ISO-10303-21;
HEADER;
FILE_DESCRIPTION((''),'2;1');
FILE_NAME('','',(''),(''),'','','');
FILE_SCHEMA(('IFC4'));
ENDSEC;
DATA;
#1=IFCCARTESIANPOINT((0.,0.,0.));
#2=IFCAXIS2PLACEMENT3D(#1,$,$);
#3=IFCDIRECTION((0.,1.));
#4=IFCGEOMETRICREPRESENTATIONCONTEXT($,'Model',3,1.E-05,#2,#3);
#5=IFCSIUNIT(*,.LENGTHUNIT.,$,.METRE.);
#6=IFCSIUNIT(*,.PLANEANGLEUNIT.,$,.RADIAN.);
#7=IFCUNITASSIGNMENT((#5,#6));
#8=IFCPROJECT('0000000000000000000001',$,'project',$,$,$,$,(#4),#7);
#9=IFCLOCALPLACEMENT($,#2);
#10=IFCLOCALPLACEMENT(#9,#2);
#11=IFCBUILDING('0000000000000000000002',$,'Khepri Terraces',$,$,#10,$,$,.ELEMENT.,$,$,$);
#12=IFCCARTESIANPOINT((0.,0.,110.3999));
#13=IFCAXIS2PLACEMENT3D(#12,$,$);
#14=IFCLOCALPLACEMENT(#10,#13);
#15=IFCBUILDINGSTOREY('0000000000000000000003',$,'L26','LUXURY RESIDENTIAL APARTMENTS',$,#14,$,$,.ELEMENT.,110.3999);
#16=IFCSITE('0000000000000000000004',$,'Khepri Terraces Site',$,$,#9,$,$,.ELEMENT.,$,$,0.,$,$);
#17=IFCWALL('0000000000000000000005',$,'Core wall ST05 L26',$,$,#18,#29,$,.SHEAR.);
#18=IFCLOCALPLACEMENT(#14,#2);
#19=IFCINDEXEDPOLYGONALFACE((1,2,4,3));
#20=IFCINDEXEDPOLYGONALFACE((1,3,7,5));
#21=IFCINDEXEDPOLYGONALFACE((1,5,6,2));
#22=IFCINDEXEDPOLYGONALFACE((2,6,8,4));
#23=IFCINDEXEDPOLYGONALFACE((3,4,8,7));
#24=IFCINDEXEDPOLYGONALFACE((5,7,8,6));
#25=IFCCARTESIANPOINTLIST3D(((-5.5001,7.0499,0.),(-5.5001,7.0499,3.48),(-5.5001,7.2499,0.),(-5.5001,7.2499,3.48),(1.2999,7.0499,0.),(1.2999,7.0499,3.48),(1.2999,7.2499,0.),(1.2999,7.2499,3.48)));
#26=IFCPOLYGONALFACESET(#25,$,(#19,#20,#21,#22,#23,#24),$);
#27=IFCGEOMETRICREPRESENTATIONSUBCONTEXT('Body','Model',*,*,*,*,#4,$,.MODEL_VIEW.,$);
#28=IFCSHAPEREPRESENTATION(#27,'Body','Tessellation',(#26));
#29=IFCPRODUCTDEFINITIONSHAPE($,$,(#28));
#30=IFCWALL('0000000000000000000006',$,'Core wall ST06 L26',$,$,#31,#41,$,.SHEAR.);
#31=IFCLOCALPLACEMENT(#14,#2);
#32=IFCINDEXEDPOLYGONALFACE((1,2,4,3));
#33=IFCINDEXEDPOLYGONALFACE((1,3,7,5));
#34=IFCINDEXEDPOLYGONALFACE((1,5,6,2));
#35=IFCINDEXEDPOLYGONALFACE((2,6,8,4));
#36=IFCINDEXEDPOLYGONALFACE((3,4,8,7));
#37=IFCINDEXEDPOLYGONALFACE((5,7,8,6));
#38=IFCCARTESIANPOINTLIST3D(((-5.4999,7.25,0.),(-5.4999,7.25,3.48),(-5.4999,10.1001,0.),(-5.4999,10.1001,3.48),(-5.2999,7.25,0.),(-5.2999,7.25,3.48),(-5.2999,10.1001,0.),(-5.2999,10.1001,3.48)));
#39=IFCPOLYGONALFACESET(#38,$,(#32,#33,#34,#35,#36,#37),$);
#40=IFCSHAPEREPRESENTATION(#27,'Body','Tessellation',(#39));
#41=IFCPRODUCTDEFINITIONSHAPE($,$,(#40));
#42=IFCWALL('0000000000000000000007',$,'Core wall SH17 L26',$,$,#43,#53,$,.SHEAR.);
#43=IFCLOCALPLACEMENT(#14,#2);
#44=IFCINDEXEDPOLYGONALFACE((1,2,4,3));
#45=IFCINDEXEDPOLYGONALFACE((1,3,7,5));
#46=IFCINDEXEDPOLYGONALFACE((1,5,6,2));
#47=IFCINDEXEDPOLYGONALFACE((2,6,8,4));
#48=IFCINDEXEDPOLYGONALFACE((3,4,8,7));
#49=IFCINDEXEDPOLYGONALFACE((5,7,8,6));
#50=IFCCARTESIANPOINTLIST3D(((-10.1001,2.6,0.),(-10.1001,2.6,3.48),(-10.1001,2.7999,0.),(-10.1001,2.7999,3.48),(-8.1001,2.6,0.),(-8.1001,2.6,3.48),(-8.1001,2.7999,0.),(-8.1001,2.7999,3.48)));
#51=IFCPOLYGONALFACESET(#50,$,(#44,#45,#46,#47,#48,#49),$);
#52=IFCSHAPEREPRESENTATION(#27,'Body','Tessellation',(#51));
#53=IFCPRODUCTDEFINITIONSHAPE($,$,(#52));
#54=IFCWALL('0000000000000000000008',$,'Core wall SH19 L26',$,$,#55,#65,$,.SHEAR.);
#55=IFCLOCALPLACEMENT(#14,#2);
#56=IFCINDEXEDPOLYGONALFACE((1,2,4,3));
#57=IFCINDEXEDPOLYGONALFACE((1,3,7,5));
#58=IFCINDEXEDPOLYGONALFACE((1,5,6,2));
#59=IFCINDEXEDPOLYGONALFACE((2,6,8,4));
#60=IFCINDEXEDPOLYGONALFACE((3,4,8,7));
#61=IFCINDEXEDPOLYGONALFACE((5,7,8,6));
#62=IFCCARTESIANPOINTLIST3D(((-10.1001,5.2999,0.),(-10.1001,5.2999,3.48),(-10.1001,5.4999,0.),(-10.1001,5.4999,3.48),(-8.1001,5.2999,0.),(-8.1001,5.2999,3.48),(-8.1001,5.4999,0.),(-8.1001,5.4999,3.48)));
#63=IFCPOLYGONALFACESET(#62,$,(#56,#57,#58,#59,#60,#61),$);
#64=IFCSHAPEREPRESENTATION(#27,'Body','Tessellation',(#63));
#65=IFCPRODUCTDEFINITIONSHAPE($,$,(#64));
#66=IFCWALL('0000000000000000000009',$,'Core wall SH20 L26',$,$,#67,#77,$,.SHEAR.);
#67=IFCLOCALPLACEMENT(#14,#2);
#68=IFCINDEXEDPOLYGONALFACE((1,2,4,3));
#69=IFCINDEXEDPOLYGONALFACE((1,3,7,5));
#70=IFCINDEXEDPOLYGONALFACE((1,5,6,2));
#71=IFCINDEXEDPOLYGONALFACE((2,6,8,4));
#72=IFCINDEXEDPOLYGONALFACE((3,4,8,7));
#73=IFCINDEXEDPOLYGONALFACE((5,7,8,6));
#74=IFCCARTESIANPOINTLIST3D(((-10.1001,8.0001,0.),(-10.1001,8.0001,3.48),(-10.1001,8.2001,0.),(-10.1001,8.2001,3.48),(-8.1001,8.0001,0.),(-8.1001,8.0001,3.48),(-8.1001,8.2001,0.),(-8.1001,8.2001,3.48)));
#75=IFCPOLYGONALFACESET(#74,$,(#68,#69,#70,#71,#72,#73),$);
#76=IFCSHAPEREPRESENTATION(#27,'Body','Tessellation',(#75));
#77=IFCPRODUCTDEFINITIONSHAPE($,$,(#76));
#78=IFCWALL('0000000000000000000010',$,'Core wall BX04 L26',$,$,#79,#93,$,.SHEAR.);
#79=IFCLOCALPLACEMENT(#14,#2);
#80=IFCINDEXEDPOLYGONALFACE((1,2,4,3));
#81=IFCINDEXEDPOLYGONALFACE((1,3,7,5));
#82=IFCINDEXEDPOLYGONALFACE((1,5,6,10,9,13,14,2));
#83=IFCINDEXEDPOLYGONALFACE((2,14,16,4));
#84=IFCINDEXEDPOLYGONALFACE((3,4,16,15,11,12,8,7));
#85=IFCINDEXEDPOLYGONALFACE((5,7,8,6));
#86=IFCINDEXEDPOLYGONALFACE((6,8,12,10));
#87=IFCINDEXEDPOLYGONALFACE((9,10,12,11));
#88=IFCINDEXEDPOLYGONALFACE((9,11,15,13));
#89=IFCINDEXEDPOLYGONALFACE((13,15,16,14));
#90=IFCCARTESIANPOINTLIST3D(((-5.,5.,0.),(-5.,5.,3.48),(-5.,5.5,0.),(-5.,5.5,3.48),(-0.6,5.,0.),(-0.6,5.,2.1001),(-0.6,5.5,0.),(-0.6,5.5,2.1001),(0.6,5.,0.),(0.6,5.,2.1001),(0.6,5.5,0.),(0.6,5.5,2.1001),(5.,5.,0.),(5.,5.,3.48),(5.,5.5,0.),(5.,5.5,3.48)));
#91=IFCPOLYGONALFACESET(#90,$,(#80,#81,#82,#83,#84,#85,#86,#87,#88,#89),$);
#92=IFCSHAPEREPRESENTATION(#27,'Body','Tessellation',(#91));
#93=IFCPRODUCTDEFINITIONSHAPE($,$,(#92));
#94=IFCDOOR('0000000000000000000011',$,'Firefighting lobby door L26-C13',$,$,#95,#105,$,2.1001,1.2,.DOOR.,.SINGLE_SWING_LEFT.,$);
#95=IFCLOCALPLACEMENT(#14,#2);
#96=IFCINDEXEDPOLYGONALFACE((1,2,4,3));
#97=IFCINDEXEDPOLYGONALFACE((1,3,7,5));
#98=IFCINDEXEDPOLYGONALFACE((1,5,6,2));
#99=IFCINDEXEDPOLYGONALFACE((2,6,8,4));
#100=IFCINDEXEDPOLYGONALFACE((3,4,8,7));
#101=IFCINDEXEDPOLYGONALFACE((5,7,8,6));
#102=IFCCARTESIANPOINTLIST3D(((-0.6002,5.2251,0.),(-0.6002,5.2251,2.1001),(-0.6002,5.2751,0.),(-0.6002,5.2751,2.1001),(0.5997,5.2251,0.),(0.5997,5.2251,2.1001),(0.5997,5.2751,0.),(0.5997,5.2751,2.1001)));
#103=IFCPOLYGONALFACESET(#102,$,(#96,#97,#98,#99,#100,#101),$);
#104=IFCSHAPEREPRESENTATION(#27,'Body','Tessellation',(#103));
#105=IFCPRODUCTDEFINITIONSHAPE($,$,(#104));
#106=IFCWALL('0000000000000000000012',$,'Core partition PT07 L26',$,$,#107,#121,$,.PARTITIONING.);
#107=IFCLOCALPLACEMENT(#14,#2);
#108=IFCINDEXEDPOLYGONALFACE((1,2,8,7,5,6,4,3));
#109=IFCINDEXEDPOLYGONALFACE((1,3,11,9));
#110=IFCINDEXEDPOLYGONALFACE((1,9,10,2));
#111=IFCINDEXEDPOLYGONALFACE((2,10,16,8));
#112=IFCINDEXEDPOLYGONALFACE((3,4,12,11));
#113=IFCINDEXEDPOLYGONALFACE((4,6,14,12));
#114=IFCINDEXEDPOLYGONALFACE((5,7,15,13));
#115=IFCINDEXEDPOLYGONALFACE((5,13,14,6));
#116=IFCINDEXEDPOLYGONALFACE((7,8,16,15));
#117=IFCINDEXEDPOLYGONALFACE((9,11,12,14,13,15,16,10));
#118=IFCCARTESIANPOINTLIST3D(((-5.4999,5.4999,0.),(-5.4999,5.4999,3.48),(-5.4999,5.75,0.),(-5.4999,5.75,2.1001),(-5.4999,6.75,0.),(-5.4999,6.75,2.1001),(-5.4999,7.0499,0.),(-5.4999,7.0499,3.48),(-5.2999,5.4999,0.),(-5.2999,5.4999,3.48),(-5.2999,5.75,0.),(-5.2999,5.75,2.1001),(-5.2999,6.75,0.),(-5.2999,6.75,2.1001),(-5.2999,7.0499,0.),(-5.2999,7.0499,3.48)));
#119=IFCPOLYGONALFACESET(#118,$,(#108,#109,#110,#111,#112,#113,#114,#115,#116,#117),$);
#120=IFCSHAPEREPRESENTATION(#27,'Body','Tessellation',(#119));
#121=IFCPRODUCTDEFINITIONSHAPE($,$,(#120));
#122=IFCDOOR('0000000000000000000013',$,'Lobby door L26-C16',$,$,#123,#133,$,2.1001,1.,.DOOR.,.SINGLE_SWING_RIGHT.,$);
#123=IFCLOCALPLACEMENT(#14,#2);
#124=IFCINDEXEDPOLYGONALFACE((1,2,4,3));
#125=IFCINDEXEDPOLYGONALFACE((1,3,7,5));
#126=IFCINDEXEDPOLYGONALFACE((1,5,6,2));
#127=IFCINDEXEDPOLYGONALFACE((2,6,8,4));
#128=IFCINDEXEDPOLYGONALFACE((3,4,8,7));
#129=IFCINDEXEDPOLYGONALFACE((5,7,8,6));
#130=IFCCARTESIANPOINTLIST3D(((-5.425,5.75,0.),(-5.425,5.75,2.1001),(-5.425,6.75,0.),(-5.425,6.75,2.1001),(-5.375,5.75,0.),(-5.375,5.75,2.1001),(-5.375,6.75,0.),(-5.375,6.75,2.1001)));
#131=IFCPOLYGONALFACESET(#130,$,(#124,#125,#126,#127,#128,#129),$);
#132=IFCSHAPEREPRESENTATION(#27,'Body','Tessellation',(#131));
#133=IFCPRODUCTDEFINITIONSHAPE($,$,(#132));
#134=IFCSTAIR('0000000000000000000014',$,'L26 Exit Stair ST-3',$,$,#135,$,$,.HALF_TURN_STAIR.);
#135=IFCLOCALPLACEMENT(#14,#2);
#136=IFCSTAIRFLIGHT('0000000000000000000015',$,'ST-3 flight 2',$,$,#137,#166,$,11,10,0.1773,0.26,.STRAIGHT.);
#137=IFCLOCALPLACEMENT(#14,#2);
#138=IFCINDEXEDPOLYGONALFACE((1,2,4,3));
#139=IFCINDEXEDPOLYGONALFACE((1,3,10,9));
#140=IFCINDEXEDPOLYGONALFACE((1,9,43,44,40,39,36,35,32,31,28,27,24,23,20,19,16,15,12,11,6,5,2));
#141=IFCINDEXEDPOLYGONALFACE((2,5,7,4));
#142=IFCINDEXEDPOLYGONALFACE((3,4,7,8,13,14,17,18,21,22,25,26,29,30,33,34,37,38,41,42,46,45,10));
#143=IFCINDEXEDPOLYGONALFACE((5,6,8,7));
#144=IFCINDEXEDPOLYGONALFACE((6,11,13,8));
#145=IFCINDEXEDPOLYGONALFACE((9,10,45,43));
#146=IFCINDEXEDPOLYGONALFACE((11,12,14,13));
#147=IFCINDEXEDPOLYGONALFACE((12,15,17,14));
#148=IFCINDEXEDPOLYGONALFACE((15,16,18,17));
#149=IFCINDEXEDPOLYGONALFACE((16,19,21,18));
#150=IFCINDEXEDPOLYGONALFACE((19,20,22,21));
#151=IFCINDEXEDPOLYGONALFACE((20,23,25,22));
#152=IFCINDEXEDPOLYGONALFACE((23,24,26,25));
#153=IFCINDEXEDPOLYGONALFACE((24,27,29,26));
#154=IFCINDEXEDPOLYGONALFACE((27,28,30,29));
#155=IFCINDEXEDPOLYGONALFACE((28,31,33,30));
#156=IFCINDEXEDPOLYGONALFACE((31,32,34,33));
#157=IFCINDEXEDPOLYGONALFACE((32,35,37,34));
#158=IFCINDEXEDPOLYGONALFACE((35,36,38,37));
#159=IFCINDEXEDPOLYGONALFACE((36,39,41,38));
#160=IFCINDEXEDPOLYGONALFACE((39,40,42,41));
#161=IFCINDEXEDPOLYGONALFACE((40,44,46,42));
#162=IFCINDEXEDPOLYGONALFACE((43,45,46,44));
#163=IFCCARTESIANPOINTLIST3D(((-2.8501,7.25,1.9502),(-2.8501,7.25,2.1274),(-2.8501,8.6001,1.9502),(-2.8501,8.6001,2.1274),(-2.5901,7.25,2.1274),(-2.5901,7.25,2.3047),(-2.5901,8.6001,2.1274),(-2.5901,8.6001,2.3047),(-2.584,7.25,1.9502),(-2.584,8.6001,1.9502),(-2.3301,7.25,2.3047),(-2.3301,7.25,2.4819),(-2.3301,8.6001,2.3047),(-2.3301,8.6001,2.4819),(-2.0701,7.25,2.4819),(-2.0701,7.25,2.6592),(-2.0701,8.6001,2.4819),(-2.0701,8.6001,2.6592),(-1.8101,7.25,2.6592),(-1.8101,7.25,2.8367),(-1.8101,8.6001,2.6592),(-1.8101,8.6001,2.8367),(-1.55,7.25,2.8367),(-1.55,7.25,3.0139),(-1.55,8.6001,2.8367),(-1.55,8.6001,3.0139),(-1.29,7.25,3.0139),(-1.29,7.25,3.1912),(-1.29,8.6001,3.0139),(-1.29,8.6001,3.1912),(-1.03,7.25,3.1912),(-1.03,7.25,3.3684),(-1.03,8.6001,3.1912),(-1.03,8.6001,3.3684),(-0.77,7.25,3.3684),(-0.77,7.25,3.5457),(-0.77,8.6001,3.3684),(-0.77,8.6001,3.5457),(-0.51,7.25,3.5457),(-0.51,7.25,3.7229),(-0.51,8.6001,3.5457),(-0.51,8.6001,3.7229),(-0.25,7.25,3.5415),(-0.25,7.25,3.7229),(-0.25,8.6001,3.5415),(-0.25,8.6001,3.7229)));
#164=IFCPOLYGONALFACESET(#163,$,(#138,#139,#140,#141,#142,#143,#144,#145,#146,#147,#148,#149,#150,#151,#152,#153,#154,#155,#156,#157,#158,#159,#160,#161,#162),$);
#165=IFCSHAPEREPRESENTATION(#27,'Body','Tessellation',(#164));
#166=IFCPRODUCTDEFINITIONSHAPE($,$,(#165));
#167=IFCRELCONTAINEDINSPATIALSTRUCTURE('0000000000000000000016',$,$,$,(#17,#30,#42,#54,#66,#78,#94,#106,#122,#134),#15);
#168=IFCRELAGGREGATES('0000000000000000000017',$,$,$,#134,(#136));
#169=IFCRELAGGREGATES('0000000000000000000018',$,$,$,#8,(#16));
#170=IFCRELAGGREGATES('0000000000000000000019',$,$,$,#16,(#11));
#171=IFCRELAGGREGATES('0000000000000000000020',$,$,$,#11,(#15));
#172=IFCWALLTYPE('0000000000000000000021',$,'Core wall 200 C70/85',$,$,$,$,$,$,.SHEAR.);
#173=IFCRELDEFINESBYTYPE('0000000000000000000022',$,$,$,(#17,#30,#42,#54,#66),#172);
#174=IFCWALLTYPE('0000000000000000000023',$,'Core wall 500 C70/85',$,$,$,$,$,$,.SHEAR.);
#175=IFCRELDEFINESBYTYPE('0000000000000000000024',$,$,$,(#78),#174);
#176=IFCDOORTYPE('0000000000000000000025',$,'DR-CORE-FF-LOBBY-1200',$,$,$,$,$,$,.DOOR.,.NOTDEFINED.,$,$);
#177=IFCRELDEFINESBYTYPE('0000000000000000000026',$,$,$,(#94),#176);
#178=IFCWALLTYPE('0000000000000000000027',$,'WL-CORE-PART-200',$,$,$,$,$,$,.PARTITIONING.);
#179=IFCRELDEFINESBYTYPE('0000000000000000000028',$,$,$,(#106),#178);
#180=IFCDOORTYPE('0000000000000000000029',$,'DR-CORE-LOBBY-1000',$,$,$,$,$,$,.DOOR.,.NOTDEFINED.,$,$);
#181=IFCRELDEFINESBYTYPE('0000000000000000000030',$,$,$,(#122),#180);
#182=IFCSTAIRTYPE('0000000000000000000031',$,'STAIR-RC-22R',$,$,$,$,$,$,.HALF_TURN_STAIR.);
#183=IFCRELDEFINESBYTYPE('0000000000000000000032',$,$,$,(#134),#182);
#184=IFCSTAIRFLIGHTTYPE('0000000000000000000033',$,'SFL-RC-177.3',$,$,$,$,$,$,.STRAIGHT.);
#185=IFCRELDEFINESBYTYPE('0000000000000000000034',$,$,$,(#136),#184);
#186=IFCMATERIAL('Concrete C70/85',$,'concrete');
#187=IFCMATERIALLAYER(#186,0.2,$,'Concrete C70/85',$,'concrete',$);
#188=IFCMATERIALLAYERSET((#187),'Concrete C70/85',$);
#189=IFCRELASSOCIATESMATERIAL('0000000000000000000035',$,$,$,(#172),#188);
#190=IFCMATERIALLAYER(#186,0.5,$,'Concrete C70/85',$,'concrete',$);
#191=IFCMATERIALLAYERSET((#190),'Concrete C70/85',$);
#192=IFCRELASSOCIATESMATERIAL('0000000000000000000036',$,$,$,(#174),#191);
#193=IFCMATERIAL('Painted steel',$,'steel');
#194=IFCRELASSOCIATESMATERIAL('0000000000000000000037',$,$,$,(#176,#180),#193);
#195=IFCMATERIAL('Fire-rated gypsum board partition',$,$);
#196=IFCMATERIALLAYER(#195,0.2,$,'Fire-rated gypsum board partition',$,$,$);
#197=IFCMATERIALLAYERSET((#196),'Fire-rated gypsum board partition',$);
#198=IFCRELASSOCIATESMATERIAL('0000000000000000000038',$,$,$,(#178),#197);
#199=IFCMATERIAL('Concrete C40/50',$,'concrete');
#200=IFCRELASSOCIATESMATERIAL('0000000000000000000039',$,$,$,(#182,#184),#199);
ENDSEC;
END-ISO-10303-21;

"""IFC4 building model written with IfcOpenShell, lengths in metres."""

from ifc_helpers import new_model, si_unit, direction, frame, frame_2d, origin, place, context, subcontext, project, spatial, polyline, rectangle, outline, extrude, material, layer, layer_set, type_object, element, fill, aggregate, save


model = new_model("IFC4")

# Units and contexts
model_context = context("Model", 3, precision=1e-05, world=origin(), true_north=direction((0.0, 1.0)))
body_context = subcontext(model_context, "Body", "Model", "MODEL_VIEW")
ifc_project = project(units=[si_unit("LENGTHUNIT", "METRE"), si_unit("PLANEANGLEUNIT", "RADIAN")], contexts=[model_context])

# Site, building, storey
site_placement = place(None, origin())
site = spatial("IfcSite", under=ifc_project, at=site_placement, Name="Khepri Terraces Site", CompositionType="ELEMENT", RefElevation=0.0)
building_placement = place(site_placement, origin())
building = spatial("IfcBuilding", under=site, at=building_placement, Name="Khepri Terraces", CompositionType="ELEMENT")
storey_placement = place(building_placement, frame((0.0, 0.0, 110.3999)))
storey = spatial("IfcBuildingStorey", under=building, at=storey_placement, Name="L26", Description="LUXURY RESIDENTIAL APARTMENTS", CompositionType="ELEMENT", Elevation=110.3999)

# Walls
ifc_material_1 = material(Name="Concrete C70/85", Category="concrete")
ifc_layer_1 = layer(ifc_material_1, 0.2, Name="Concrete C70/85", Category="concrete")
ifc_layer_set_1 = layer_set([ifc_layer_1], Name="Concrete C70/85")
wall_type_1 = type_object("IfcWallType", Name="Core wall 200 C70/85", PredefinedType="SHEAR", material=ifc_layer_set_1)
wall_1_placement = place(storey_placement, frame((-5.5, 7.1499, 0.0), z_axis=(0.0, 0.0, 1.0), x_axis=(1.0, 0.0, 0.0)))
element("IfcWall", 1, at=wall_1_placement, inside=storey, type_object=wall_type_1, Name="Core wall ST05 L26", PredefinedType="SHEAR", context=body_context, shape_type="SweptSolid", body=[
    extrude(rectangle(XDim=6.8, YDim=0.2, at=frame_2d((3.3999, 0.0))), origin(), (0.0, 0.0, 1.0), 3.48),
])
wall_2_placement = place(storey_placement, frame((-5.3999, 7.25, 0.0), z_axis=(0.0, 0.0, 1.0), x_axis=(0.0, 1.0, 0.0)))
element("IfcWall", 2, at=wall_2_placement, inside=storey, type_object=wall_type_1, Name="Core wall ST06 L26", PredefinedType="SHEAR", context=body_context, shape_type="SweptSolid", body=[
    extrude(rectangle(XDim=2.8501, YDim=0.2, at=frame_2d((1.425, 0.0))), origin(), (0.0, 0.0, 1.0), 3.48),
])
for number, where, z_axis, x_axis, name in (
    (3, (-10.1001, 2.7, 0.0), (0.0, 0.0, 1.0), (1.0, 0.0, 0.0), "Core wall SH17 L26"),
    (4, (-10.1001, 5.3999, 0.0), (0.0, 0.0, 1.0), (1.0, 0.0, 0.0), "Core wall SH19 L26"),
    (5, (-10.1001, 8.1001, 0.0), (0.0, 0.0, 1.0), (1.0, 0.0, 0.0), "Core wall SH20 L26"),
):
    element("IfcWall", number, at=place(storey_placement, frame(where, z_axis=z_axis, x_axis=x_axis)), inside=storey, type_object=wall_type_1, Name=name, PredefinedType="SHEAR", context=body_context, shape_type="SweptSolid", body=[
        extrude(rectangle(XDim=2.0, YDim=0.2, at=frame_2d((1.0, 0.0))), origin(), (0.0, 0.0, 1.0), 3.48),
    ])

# Walls, openings, doors
ifc_layer_2 = layer(ifc_material_1, 0.5, Name="Concrete C70/85", Category="concrete")
ifc_layer_set_2 = layer_set([ifc_layer_2], Name="Concrete C70/85")
wall_type_2 = type_object("IfcWallType", Name="Core wall 500 C70/85", PredefinedType="SHEAR", material=ifc_layer_set_2)
wall_3_placement = place(storey_placement, frame((-5.0, 5.25, 0.0), z_axis=(0.0, 0.0, 1.0), x_axis=(1.0, 0.0, 0.0)))
wall_3 = element("IfcWall", 6, at=wall_3_placement, inside=storey, type_object=wall_type_2, Name="Core wall BX04 L26", PredefinedType="SHEAR", context=body_context, shape_type="SweptSolid", body=[
    extrude(rectangle(XDim=10.0, YDim=0.5, at=frame_2d((5.0, 0.0))), origin(), (0.0, 0.0, 1.0), 3.48),
])
opening_1_placement = place(wall_3_placement, frame((4.3999, 0.0, 0.0)))
opening_1 = element("IfcOpeningElement", 7, at=opening_1_placement, cuts=wall_3, PredefinedType="OPENING", context=body_context, shape_type="SweptSolid", body=[
    extrude(rectangle(XDim=1.2, YDim=2.1001, at=frame_2d((0.6001, 1.05))), frame((0.0, 0.26, 0.0), z_axis=(0.0, -1.0, 0.0), x_axis=(1.0, 0.0, 0.0)), (0.0, 0.0, 1.0), 0.52),
])
ifc_material_2 = material(Name="Painted steel", Category="steel")
door_type_1 = type_object("IfcDoorType", Name="DR-CORE-FF-LOBBY-1200", OperationType="NOTDEFINED", PredefinedType="DOOR", material=ifc_material_2)
door_1_placement = place(opening_1_placement, frame((1.2, 0.0, 0.0), z_axis=(0.0, 0.0, 1.0), x_axis=(-1.0, 0.0, 0.0)))
door_1 = element("IfcDoor", 8, at=door_1_placement, inside=storey, type_object=door_type_1, Name="Firefighting lobby door L26-C13", OperationType="SINGLE_SWING_LEFT", OverallHeight=2.1001, OverallWidth=1.2, PredefinedType="DOOR", context=body_context, shape_type="SweptSolid", body=[
    extrude(rectangle(XDim=1.2, YDim=2.1001, at=frame_2d((0.6001, 1.05))), frame((0.0, 0.0249, 0.0), z_axis=(0.0, -1.0, 0.0), x_axis=(1.0, 0.0, 0.0)), (0.0, 0.0, 1.0), 0.05),
])
fill(opening_1, door_1)
ifc_material_3 = material(Name="Fire-rated gypsum board partition")
ifc_layer_3 = layer(ifc_material_3, 0.2, Name="Fire-rated gypsum board partition")
ifc_layer_set_3 = layer_set([ifc_layer_3], Name="Fire-rated gypsum board partition")
wall_type_3 = type_object("IfcWallType", Name="WL-CORE-PART-200", PredefinedType="PARTITIONING", material=ifc_layer_set_3)
wall_4_placement = place(storey_placement, frame((-5.3999, 5.5, 0.0), z_axis=(0.0, 0.0, 1.0), x_axis=(0.0, 1.0, 0.0)))
wall_4 = element("IfcWall", 9, at=wall_4_placement, inside=storey, type_object=wall_type_3, Name="Core partition PT07 L26", PredefinedType="PARTITIONING", context=body_context, shape_type="SweptSolid", body=[
    extrude(rectangle(XDim=1.55, YDim=0.2, at=frame_2d((0.7749, 0.0))), origin(), (0.0, 0.0, 1.0), 3.48),
])
opening_2_placement = place(wall_4_placement, frame((0.25, 0.0, 0.0)))
opening_2 = element("IfcOpeningElement", 10, at=opening_2_placement, cuts=wall_4, PredefinedType="OPENING", context=body_context, shape_type="SweptSolid", body=[
    extrude(rectangle(XDim=1.0, YDim=2.1001, at=frame_2d((0.5, 1.05))), frame((0.0, 0.1099, 0.0), z_axis=(0.0, -1.0, 0.0), x_axis=(1.0, 0.0, 0.0)), (0.0, 0.0, 1.0), 0.22),
])
door_type_2 = type_object("IfcDoorType", Name="DR-CORE-LOBBY-1000", OperationType="NOTDEFINED", PredefinedType="DOOR", material=ifc_material_2)
door_2_placement = place(opening_2_placement, frame((1.0, 0.0, 0.0), z_axis=(0.0, 0.0, 1.0), x_axis=(-1.0, 0.0, 0.0)))
door_2 = element("IfcDoor", 11, at=door_2_placement, inside=storey, type_object=door_type_2, Name="Lobby door L26-C16", OperationType="SINGLE_SWING_RIGHT", OverallHeight=2.1001, OverallWidth=1.0, PredefinedType="DOOR", context=body_context, shape_type="SweptSolid", body=[
    extrude(rectangle(XDim=1.0, YDim=2.1001, at=frame_2d((0.5, 1.05))), frame((0.0, 0.0249, 0.0), z_axis=(0.0, -1.0, 0.0), x_axis=(1.0, 0.0, 0.0)), (0.0, 0.0, 1.0), 0.05),
])
fill(opening_2, door_2)

# Stair, stair flight
ifc_material_4 = material(Name="Concrete C40/50", Category="concrete")
stair_type = type_object("IfcStairType", Name="STAIR-RC-22R", PredefinedType="HALF_TURN_STAIR", material=ifc_material_4)
stair_placement = place(storey_placement, origin())
stair = element("IfcStair", 12, at=stair_placement, inside=storey, type_object=stair_type, Name="L26 Exit Stair ST-3", PredefinedType="HALF_TURN_STAIR")
stair_flight_type = type_object("IfcStairFlightType", Name="SFL-RC-177.3", PredefinedType="STRAIGHT", material=ifc_material_4)
stair_flight_placement = place(storey_placement, frame((-2.8501, 7.925, 1.9502), z_axis=(0.0, 0.0, 1.0), x_axis=(1.0, 0.0, 0.0)))
stair_flight = element("IfcStairFlight", 13, at=stair_flight_placement, type_object=stair_flight_type, Name="ST-3 flight 2", NumberOfRisers=11, NumberOfTreads=10, PredefinedType="STRAIGHT", RiserHeight=0.1773, TreadLength=0.26, context=body_context, shape_type="SweptSolid", body=[
    extrude(outline(polyline([(0.0, 0.0), (0.0, 0.1772), (0.26, 0.1772), (0.26, 0.3545), (0.52, 0.3545), (0.52, 0.5317), (0.78, 0.5317), (0.78, 0.709), (1.04, 0.709), (1.04, 0.8865), (1.3, 0.8865), (1.3, 1.0637), (1.5601, 1.0637), (1.5601, 1.241), (1.8201, 1.241), (1.8201, 1.4182), (2.0801, 1.4182), (2.0801, 1.5955), (2.3401, 1.5955), (2.3401, 1.7727), (2.6001, 1.7727), (2.6001, 1.95), (2.6001, 1.5913), (0.2661, 0.0), (0.0, 0.0)])), frame((0.0, 0.675, 0.0), z_axis=(0.0, -1.0, 0.0), x_axis=(1.0, 0.0, 0.0)), (0.0, 0.0, 1.0), 1.3501),
])
aggregate(stair, [stair_flight])

save(model, "model.ifc")
